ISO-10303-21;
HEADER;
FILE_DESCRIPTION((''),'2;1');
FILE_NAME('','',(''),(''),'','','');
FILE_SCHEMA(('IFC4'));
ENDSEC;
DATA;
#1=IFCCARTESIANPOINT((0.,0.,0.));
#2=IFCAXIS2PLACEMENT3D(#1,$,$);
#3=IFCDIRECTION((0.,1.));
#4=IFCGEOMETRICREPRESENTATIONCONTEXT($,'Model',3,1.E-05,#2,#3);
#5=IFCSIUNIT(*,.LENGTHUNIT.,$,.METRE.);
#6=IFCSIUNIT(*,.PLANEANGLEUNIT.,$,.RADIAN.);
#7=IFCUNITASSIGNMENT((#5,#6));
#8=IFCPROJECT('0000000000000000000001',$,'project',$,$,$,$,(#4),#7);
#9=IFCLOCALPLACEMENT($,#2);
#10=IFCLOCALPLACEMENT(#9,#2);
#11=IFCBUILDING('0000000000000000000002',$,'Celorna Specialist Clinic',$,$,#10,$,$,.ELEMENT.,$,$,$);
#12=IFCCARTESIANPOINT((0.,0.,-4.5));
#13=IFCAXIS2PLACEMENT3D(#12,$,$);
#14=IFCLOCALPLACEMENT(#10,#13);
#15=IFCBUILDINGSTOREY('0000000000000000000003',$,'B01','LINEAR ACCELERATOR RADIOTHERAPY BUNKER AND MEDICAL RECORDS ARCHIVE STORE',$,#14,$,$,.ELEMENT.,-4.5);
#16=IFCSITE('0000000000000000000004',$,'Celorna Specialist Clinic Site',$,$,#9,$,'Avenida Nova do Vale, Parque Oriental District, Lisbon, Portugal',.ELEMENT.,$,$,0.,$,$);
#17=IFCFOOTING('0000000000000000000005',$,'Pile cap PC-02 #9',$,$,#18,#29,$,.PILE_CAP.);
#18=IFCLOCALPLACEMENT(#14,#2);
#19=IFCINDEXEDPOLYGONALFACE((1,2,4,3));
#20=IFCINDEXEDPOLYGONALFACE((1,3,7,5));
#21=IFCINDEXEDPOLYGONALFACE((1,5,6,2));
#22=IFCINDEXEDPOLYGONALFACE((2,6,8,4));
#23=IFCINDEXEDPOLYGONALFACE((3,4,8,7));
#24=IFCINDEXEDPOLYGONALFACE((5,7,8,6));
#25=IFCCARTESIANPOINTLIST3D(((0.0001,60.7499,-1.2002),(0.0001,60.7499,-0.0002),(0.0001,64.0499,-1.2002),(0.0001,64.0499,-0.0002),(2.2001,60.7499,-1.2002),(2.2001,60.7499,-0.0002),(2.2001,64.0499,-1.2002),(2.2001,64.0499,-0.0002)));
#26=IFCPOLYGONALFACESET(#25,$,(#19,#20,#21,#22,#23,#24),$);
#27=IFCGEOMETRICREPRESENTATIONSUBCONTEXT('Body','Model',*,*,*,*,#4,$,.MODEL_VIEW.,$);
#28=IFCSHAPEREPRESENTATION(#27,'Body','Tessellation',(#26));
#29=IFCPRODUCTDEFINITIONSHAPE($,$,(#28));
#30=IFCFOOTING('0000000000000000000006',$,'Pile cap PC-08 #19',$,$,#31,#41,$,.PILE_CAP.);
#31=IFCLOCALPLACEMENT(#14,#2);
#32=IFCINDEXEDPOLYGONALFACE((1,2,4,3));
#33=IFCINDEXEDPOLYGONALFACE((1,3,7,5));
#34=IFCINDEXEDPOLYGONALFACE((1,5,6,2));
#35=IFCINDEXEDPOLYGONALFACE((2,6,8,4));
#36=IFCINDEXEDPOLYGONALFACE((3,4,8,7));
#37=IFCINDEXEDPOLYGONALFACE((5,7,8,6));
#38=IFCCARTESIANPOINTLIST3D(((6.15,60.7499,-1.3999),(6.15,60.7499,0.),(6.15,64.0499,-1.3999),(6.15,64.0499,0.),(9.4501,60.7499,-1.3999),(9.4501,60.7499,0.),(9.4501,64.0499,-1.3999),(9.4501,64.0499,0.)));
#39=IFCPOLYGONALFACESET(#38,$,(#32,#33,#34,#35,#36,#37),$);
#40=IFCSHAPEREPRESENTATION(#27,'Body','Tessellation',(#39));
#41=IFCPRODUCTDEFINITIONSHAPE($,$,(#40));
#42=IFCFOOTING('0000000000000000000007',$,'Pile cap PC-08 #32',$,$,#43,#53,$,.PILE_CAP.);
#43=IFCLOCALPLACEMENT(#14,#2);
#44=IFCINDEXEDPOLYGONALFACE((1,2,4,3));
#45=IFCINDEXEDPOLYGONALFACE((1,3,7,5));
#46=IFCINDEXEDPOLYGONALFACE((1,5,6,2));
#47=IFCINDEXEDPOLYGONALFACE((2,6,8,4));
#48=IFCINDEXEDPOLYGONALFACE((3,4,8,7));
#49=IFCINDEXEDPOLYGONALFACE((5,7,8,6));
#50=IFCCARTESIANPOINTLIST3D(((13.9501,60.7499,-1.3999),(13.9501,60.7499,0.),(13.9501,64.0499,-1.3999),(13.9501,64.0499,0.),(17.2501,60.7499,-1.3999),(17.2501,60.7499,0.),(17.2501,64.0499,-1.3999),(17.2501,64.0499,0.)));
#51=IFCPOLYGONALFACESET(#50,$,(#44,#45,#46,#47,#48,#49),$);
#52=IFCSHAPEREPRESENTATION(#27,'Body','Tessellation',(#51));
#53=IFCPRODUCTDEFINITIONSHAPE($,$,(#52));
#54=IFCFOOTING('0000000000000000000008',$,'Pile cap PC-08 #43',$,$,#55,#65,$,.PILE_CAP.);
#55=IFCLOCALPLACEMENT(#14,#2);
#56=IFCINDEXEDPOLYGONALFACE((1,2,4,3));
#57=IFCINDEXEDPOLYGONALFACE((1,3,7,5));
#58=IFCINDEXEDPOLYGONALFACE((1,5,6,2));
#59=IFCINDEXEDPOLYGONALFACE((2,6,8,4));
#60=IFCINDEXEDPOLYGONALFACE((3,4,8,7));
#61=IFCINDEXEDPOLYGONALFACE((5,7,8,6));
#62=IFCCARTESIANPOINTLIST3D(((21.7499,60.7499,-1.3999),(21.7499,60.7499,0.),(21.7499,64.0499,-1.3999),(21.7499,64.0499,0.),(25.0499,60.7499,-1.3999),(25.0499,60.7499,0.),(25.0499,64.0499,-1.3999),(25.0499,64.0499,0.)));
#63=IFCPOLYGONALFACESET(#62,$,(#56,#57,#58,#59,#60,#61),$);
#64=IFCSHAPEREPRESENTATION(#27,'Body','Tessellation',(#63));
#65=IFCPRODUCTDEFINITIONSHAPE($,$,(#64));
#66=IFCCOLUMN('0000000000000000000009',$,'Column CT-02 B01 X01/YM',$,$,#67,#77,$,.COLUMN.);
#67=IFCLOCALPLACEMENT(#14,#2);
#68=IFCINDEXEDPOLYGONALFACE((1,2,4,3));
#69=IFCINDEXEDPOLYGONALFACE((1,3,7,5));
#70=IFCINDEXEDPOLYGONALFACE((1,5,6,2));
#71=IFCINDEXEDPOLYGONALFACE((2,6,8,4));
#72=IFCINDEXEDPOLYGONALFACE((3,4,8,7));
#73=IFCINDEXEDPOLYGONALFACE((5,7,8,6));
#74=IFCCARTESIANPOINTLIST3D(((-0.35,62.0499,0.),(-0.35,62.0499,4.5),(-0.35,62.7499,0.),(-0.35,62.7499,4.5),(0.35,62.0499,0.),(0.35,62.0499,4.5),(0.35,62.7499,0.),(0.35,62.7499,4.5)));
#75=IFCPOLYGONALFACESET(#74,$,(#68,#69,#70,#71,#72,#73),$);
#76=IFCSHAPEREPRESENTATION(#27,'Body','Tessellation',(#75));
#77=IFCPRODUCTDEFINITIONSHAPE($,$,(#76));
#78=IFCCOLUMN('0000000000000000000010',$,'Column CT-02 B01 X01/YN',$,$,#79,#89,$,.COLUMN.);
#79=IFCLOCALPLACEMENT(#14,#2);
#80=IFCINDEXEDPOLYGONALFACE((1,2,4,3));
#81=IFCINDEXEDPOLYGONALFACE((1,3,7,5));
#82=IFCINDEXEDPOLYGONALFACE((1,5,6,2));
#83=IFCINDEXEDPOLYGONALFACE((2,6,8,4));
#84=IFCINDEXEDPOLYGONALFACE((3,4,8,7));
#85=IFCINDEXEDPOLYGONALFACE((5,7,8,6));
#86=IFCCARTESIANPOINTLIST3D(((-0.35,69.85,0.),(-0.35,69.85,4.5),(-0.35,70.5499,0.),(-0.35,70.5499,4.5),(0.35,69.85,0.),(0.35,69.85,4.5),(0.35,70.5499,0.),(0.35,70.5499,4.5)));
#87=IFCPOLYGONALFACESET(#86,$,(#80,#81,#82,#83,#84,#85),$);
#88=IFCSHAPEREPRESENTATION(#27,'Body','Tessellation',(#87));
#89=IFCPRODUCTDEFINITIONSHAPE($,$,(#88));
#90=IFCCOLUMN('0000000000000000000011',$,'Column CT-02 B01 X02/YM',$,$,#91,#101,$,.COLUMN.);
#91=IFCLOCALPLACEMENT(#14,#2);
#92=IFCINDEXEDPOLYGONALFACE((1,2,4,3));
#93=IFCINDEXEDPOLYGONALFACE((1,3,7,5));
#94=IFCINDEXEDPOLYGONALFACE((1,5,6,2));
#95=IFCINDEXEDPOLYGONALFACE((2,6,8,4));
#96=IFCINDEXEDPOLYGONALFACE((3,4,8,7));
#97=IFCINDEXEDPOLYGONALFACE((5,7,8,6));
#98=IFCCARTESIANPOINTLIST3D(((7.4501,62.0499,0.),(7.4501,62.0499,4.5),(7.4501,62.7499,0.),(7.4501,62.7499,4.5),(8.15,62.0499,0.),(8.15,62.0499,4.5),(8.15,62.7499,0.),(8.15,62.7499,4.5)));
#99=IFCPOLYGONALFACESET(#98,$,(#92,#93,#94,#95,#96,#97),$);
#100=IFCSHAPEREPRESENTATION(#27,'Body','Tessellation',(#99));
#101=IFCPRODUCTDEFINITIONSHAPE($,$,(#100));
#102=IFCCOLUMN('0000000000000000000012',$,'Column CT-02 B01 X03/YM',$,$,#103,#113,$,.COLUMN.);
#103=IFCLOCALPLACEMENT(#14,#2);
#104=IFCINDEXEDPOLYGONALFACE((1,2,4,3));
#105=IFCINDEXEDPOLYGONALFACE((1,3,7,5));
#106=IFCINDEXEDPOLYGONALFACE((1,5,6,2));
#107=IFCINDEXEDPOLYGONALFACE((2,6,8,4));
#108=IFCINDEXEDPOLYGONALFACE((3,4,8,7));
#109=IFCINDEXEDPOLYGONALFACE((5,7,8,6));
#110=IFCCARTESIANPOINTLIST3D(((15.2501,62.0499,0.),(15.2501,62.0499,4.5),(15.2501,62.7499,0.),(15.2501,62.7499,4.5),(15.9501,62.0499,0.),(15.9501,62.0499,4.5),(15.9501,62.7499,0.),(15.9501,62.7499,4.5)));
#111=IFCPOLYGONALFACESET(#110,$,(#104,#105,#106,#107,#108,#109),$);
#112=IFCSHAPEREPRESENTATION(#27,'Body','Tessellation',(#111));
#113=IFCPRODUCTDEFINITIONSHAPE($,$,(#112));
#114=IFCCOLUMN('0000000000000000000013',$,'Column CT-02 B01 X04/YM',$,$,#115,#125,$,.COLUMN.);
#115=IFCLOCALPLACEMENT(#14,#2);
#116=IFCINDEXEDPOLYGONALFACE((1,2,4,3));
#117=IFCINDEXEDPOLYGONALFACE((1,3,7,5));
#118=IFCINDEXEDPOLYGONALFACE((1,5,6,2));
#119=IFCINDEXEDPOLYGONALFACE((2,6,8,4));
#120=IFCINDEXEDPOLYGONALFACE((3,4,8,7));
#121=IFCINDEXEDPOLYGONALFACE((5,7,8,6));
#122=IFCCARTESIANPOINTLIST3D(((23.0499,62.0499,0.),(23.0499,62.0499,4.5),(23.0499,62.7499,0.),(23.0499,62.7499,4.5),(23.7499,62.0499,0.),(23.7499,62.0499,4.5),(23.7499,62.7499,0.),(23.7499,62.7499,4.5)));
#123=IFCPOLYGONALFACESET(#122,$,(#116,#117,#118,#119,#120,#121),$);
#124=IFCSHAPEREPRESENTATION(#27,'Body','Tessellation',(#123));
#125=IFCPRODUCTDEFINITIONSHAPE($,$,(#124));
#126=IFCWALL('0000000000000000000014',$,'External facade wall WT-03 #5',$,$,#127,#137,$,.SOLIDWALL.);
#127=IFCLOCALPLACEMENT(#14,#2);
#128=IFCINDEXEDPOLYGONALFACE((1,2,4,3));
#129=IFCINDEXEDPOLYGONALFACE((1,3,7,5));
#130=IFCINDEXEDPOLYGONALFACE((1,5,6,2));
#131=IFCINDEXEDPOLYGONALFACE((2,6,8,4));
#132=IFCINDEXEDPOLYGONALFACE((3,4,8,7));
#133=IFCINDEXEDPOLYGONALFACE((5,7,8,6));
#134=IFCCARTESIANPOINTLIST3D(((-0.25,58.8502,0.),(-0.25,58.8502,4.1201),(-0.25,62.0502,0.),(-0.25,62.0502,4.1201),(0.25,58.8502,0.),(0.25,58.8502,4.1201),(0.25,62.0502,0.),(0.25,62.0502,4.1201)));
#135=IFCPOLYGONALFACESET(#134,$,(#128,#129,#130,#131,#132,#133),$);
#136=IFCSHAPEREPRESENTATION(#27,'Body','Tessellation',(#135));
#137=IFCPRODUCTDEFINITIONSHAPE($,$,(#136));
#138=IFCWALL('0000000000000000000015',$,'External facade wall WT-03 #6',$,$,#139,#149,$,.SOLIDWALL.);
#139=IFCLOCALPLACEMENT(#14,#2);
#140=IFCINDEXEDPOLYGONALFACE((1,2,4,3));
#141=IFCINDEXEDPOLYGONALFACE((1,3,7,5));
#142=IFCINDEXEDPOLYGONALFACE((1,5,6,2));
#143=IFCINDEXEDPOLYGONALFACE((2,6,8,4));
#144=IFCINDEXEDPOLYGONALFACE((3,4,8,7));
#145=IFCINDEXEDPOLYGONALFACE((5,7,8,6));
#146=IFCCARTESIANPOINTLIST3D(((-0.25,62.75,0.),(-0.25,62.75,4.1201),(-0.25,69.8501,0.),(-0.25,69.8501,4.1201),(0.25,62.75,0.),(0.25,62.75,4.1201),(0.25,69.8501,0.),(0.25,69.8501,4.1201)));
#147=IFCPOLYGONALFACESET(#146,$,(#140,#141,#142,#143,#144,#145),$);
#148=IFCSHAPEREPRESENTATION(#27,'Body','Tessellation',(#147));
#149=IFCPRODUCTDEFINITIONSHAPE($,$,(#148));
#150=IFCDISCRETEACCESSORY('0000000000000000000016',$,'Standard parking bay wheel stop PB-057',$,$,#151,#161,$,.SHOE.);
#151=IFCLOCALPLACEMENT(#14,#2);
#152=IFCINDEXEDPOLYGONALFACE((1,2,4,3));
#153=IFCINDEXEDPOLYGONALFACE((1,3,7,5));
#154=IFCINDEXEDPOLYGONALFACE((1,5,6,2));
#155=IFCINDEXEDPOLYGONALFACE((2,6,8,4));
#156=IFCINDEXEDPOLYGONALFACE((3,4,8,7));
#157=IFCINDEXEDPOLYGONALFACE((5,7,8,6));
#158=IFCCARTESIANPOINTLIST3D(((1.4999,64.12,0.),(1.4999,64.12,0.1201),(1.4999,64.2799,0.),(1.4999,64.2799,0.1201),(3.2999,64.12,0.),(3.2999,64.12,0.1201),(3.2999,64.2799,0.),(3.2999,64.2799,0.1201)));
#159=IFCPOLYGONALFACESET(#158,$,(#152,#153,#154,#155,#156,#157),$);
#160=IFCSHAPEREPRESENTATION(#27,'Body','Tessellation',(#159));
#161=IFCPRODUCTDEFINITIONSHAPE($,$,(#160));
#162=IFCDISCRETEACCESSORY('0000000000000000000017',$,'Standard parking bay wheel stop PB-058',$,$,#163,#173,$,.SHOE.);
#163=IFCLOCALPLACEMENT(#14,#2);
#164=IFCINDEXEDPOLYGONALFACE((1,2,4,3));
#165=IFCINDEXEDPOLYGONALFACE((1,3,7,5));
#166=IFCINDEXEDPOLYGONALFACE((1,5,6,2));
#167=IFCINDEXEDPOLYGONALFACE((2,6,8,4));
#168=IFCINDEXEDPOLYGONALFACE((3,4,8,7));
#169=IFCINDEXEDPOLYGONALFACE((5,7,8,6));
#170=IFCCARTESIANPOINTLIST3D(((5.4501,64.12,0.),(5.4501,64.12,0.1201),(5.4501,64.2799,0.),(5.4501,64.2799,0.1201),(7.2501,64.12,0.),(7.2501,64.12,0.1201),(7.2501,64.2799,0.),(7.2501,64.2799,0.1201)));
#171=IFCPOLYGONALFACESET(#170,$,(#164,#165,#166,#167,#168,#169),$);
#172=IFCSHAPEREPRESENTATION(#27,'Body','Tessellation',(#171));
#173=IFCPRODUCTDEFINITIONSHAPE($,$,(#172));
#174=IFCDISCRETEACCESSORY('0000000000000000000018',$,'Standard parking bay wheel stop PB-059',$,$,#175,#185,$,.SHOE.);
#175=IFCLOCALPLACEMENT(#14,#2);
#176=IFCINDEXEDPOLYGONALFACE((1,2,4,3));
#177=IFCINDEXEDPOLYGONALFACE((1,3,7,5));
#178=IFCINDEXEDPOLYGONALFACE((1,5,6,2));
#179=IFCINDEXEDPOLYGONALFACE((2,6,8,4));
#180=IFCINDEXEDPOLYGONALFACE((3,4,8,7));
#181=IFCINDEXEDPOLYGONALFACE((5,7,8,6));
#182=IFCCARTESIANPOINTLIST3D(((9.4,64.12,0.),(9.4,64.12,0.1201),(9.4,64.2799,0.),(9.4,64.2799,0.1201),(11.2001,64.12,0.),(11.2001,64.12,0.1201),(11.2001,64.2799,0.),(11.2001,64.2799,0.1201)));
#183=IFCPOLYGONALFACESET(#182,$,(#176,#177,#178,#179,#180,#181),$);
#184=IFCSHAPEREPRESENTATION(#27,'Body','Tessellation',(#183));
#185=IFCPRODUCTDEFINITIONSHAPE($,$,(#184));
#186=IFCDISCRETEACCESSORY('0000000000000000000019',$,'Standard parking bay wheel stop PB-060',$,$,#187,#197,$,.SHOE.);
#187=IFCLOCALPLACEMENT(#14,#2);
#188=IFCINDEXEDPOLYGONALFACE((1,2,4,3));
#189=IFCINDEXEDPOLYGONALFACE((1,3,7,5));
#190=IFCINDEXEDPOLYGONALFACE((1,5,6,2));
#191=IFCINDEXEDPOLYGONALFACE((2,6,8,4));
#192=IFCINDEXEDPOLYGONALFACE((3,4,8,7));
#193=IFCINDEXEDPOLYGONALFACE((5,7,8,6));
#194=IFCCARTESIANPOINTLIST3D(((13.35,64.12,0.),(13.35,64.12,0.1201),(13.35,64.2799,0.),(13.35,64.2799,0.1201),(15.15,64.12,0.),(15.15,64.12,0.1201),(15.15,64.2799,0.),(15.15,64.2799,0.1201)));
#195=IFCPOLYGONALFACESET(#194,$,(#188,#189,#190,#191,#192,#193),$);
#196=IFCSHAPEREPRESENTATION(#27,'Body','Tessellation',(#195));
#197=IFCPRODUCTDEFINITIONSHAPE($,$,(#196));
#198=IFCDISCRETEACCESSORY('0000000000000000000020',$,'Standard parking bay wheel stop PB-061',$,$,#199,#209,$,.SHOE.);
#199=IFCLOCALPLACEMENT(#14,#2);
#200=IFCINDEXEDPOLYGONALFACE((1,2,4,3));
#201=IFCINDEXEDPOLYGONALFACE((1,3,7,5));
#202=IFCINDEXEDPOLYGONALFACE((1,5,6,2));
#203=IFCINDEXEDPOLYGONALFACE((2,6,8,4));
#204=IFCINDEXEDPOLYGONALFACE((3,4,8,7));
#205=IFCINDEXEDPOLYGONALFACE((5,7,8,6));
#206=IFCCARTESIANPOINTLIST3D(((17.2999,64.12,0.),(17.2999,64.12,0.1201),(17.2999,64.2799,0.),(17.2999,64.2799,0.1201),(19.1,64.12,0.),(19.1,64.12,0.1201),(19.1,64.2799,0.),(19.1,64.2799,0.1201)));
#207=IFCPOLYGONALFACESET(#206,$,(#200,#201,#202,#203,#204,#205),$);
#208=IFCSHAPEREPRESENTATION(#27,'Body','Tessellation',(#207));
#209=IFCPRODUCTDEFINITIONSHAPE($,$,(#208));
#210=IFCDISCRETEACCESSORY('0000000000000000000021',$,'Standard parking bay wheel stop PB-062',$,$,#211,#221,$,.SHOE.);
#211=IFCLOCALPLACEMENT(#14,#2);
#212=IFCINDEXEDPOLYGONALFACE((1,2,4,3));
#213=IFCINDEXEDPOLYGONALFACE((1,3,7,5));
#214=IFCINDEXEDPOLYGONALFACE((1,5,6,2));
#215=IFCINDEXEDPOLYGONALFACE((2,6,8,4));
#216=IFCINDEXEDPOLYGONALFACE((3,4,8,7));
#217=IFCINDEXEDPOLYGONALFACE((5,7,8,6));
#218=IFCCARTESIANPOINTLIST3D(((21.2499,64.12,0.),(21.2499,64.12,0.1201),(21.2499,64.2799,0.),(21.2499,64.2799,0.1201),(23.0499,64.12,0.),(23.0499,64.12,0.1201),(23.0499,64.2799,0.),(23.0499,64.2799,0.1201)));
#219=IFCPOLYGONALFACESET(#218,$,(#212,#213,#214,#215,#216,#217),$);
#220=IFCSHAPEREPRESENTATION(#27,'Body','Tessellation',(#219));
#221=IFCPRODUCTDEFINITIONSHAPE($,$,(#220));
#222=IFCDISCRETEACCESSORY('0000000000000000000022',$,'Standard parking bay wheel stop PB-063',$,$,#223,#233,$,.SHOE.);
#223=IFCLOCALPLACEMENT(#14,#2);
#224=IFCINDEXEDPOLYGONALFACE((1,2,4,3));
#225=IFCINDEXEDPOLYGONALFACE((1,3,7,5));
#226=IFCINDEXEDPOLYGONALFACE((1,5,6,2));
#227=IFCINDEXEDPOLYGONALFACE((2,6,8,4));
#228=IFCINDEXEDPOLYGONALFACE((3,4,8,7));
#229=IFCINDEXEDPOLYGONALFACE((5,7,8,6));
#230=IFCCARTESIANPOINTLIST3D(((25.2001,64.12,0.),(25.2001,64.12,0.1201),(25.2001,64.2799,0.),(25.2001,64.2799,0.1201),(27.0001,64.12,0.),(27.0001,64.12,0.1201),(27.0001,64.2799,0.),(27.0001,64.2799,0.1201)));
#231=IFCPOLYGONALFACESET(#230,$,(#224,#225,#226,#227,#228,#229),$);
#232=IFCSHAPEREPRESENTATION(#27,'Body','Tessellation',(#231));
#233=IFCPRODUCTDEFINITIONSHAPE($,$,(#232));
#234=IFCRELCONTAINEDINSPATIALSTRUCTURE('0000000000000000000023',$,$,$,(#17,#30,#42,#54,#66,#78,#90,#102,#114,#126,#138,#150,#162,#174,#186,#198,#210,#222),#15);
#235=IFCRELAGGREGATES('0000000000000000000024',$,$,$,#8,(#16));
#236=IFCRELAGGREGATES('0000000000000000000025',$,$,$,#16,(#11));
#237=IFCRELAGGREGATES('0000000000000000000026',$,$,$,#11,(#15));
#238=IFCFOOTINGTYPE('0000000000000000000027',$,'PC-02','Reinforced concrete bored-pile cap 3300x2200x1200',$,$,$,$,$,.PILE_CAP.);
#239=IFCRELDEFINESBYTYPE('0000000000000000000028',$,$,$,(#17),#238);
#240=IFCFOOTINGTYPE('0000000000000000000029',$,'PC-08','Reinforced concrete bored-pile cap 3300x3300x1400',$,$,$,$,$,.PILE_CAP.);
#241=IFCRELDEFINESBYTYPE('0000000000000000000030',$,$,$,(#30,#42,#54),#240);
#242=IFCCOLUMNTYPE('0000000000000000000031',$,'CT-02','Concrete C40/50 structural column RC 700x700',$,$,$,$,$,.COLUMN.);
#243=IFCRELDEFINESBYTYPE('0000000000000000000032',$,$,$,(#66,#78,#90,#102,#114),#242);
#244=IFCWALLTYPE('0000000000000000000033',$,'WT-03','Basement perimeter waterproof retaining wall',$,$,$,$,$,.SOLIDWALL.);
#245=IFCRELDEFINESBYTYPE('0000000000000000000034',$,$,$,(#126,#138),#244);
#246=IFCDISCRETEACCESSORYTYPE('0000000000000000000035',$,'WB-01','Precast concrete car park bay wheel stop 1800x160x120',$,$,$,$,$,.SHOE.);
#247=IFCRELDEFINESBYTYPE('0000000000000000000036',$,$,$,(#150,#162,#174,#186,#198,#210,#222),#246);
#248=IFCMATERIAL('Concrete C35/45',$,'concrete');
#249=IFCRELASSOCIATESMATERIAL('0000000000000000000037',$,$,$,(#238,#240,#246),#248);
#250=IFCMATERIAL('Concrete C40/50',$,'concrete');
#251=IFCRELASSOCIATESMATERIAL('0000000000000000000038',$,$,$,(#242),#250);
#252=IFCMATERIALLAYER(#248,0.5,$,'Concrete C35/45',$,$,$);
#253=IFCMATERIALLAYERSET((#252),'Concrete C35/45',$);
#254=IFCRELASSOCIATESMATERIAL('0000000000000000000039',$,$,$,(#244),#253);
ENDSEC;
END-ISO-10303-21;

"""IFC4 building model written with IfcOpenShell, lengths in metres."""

from ifc_helpers import new_model, si_unit, direction, frame, frame_2d, origin, origin_2d, place, context, subcontext, project, spatial, rectangle, extrude, material, layer, layer_set, material_profile, profile_set, type_object, element, save


model = new_model("IFC4")

# Units and contexts
model_context = context("Model", 3, precision=1e-05, world=origin(), true_north=direction((0.0, 1.0)))
body_context = subcontext(model_context, "Body", "Model", "MODEL_VIEW")
ifc_project = project(units=[si_unit("LENGTHUNIT", "METRE"), si_unit("PLANEANGLEUNIT", "RADIAN")], contexts=[model_context])

# Site, building, storey
site_placement = place(None, origin())
site = spatial("IfcSite", under=ifc_project, at=site_placement, Name="Celorna Specialist Clinic Site", LongName="Avenida Nova do Vale, Parque Oriental District, Lisbon, Portugal", CompositionType="ELEMENT", RefElevation=0.0)
building_placement = place(site_placement, origin())
building = spatial("IfcBuilding", under=site, at=building_placement, Name="Celorna Specialist Clinic", CompositionType="ELEMENT")
storey_placement = place(building_placement, frame((0.0, 0.0, -4.5)))
storey = spatial("IfcBuildingStorey", under=building, at=storey_placement, Name="B01", Description="LINEAR ACCELERATOR RADIOTHERAPY BUNKER AND MEDICAL RECORDS ARCHIVE STORE", CompositionType="ELEMENT", Elevation=-4.5)

# Shared definitions
ifc_material_1 = material(Name="Concrete C35/45", Category="concrete")

# Footings
footing_type_1 = type_object("IfcFootingType", Name="PC-02", Description="Reinforced concrete bored-pile cap 3300x2200x1200", PredefinedType="PILE_CAP", material=ifc_material_1)
footing_1_placement = place(storey_placement, frame((1.1001, 62.3999, -1.2002), z_axis=(0.0, 0.0, 1.0), x_axis=(1.0, 0.0, 0.0)))
element("IfcFooting", 1, at=footing_1_placement, inside=storey, type_object=footing_type_1, Name="Pile cap PC-02 #9", PredefinedType="PILE_CAP", context=body_context, shape_type="SweptSolid", body=[
    extrude(rectangle(XDim=2.2, YDim=3.3, at=origin_2d()), origin(), (0.0, 0.0, 1.0), 1.2),
])
footing_type_2 = type_object("IfcFootingType", Name="PC-08", Description="Reinforced concrete bored-pile cap 3300x3300x1400", PredefinedType="PILE_CAP", material=ifc_material_1)
for number, where, z_axis, x_axis, name in (
    (2, (7.8, 62.3999, -1.3999), (0.0, 0.0, 1.0), (1.0, 0.0, 0.0), "Pile cap PC-08 #19"),
    (3, (15.6001, 62.3999, -1.3999), (0.0, 0.0, 1.0), (1.0, 0.0, 0.0), "Pile cap PC-08 #32"),
    (4, (23.3999, 62.3999, -1.3999), (0.0, 0.0, 1.0), (1.0, 0.0, 0.0), "Pile cap PC-08 #43"),
):
    element("IfcFooting", number, at=place(storey_placement, frame(where, z_axis=z_axis, x_axis=x_axis)), inside=storey, type_object=footing_type_2, Name=name, PredefinedType="PILE_CAP", context=body_context, shape_type="SweptSolid", body=[
        extrude(rectangle(XDim=3.3, YDim=3.3, at=origin_2d()), origin(), (0.0, 0.0, 1.0), 1.3999),
    ])

# Columns
ifc_material_2 = material(Name="Concrete C40/50", Category="concrete")
ifc_material_profile_1 = material_profile(ifc_material_2, rectangle(XDim=0.7, YDim=0.7, at=origin_2d()), Name="RC 700x700")
ifc_profile_set_1 = profile_set([ifc_material_profile_1], Name="Concrete C40/50")
column_type = type_object("IfcColumnType", Name="CT-02", Description="Concrete C40/50 structural column RC 700x700", PredefinedType="COLUMN", material=ifc_profile_set_1)
for number, where, z_axis, x_axis, name in (
    (5, (0.0, 62.3999, 0.0), (0.0, 0.0, 1.0), (1.0, 0.0, 0.0), "Column CT-02 B01 X01/YM"),
    (6, (0.0, 70.2, 0.0), (0.0, 0.0, 1.0), (1.0, 0.0, 0.0), "Column CT-02 B01 X01/YN"),
    (7, (7.8, 62.3999, 0.0), (0.0, 0.0, 1.0), (1.0, 0.0, 0.0), "Column CT-02 B01 X02/YM"),
    (8, (15.6001, 62.3999, 0.0), (0.0, 0.0, 1.0), (1.0, 0.0, 0.0), "Column CT-02 B01 X03/YM"),
    (9, (23.3999, 62.3999, 0.0), (0.0, 0.0, 1.0), (1.0, 0.0, 0.0), "Column CT-02 B01 X04/YM"),
):
    element("IfcColumn", number, at=place(storey_placement, frame(where, z_axis=z_axis, x_axis=x_axis)), inside=storey, type_object=column_type, Name=name, PredefinedType="COLUMN", context=body_context, shape_type="SweptSolid", body=[
        extrude(rectangle(XDim=0.7, YDim=0.7, at=origin_2d()), origin(), (0.0, 0.0, 1.0), 4.5),
    ])

# Walls
ifc_layer = layer(ifc_material_1, 0.5, Name="Concrete C35/45")
ifc_layer_set = layer_set([ifc_layer], Name="Concrete C35/45")
wall_type = type_object("IfcWallType", Name="WT-03", Description="Basement perimeter waterproof retaining wall", PredefinedType="SOLIDWALL", material=ifc_layer_set)
wall_1_placement = place(storey_placement, frame((0.0, 58.8501, 0.0), z_axis=(0.0, 0.0, 1.0), x_axis=(0.0, 1.0, 0.0)))
element("IfcWall", 10, at=wall_1_placement, inside=storey, type_object=wall_type, Name="External facade wall WT-03 #5", PredefinedType="SOLIDWALL", context=body_context, shape_type="SweptSolid", body=[
    extrude(rectangle(XDim=3.2, YDim=0.5, at=frame_2d((1.6001, 0.0))), origin(), (0.0, 0.0, 1.0), 4.1201),
])
wall_2_placement = place(storey_placement, frame((0.0, 62.75, 0.0), z_axis=(0.0, 0.0, 1.0), x_axis=(0.0, 1.0, 0.0)))
element("IfcWall", 11, at=wall_2_placement, inside=storey, type_object=wall_type, Name="External facade wall WT-03 #6", PredefinedType="SOLIDWALL", context=body_context, shape_type="SweptSolid", body=[
    extrude(rectangle(XDim=7.1001, YDim=0.5, at=frame_2d((3.55, 0.0))), origin(), (0.0, 0.0, 1.0), 4.1201),
])

# Discrete accessories
discrete_accessory_type = type_object("IfcDiscreteAccessoryType", Name="WB-01", Description="Precast concrete car park bay wheel stop 1800x160x120", PredefinedType="SHOE", material=ifc_material_1)
for number, where, z_axis, x_axis, name in (
    (12, (2.3999, 64.2, 0.0), (0.0, 0.0, 1.0), (1.0, 0.0, 0.0), "Standard parking bay wheel stop PB-057"),
    (13, (6.3501, 64.2, 0.0), (0.0, 0.0, 1.0), (1.0, 0.0, 0.0), "Standard parking bay wheel stop PB-058"),
    (14, (10.3, 64.2, 0.0), (0.0, 0.0, 1.0), (1.0, 0.0, 0.0), "Standard parking bay wheel stop PB-059"),
    (15, (14.25, 64.2, 0.0), (0.0, 0.0, 1.0), (1.0, 0.0, 0.0), "Standard parking bay wheel stop PB-060"),
    (16, (18.2, 64.2, 0.0), (0.0, 0.0, 1.0), (1.0, 0.0, 0.0), "Standard parking bay wheel stop PB-061"),
    (17, (22.1499, 64.2, 0.0), (0.0, 0.0, 1.0), (1.0, 0.0, 0.0), "Standard parking bay wheel stop PB-062"),
    (18, (26.1001, 64.2, 0.0), (0.0, 0.0, 1.0), (1.0, 0.0, 0.0), "Standard parking bay wheel stop PB-063"),
):
    element("IfcDiscreteAccessory", number, at=place(storey_placement, frame(where, z_axis=z_axis, x_axis=x_axis)), inside=storey, type_object=discrete_accessory_type, Name=name, PredefinedType="SHOE", context=body_context, shape_type="SweptSolid", body=[
        extrude(rectangle(XDim=1.8, YDim=0.1599, at=origin_2d()), origin(), (0.0, 0.0, 1.0), 0.1201),
    ])

save(model, "model.ifc")
